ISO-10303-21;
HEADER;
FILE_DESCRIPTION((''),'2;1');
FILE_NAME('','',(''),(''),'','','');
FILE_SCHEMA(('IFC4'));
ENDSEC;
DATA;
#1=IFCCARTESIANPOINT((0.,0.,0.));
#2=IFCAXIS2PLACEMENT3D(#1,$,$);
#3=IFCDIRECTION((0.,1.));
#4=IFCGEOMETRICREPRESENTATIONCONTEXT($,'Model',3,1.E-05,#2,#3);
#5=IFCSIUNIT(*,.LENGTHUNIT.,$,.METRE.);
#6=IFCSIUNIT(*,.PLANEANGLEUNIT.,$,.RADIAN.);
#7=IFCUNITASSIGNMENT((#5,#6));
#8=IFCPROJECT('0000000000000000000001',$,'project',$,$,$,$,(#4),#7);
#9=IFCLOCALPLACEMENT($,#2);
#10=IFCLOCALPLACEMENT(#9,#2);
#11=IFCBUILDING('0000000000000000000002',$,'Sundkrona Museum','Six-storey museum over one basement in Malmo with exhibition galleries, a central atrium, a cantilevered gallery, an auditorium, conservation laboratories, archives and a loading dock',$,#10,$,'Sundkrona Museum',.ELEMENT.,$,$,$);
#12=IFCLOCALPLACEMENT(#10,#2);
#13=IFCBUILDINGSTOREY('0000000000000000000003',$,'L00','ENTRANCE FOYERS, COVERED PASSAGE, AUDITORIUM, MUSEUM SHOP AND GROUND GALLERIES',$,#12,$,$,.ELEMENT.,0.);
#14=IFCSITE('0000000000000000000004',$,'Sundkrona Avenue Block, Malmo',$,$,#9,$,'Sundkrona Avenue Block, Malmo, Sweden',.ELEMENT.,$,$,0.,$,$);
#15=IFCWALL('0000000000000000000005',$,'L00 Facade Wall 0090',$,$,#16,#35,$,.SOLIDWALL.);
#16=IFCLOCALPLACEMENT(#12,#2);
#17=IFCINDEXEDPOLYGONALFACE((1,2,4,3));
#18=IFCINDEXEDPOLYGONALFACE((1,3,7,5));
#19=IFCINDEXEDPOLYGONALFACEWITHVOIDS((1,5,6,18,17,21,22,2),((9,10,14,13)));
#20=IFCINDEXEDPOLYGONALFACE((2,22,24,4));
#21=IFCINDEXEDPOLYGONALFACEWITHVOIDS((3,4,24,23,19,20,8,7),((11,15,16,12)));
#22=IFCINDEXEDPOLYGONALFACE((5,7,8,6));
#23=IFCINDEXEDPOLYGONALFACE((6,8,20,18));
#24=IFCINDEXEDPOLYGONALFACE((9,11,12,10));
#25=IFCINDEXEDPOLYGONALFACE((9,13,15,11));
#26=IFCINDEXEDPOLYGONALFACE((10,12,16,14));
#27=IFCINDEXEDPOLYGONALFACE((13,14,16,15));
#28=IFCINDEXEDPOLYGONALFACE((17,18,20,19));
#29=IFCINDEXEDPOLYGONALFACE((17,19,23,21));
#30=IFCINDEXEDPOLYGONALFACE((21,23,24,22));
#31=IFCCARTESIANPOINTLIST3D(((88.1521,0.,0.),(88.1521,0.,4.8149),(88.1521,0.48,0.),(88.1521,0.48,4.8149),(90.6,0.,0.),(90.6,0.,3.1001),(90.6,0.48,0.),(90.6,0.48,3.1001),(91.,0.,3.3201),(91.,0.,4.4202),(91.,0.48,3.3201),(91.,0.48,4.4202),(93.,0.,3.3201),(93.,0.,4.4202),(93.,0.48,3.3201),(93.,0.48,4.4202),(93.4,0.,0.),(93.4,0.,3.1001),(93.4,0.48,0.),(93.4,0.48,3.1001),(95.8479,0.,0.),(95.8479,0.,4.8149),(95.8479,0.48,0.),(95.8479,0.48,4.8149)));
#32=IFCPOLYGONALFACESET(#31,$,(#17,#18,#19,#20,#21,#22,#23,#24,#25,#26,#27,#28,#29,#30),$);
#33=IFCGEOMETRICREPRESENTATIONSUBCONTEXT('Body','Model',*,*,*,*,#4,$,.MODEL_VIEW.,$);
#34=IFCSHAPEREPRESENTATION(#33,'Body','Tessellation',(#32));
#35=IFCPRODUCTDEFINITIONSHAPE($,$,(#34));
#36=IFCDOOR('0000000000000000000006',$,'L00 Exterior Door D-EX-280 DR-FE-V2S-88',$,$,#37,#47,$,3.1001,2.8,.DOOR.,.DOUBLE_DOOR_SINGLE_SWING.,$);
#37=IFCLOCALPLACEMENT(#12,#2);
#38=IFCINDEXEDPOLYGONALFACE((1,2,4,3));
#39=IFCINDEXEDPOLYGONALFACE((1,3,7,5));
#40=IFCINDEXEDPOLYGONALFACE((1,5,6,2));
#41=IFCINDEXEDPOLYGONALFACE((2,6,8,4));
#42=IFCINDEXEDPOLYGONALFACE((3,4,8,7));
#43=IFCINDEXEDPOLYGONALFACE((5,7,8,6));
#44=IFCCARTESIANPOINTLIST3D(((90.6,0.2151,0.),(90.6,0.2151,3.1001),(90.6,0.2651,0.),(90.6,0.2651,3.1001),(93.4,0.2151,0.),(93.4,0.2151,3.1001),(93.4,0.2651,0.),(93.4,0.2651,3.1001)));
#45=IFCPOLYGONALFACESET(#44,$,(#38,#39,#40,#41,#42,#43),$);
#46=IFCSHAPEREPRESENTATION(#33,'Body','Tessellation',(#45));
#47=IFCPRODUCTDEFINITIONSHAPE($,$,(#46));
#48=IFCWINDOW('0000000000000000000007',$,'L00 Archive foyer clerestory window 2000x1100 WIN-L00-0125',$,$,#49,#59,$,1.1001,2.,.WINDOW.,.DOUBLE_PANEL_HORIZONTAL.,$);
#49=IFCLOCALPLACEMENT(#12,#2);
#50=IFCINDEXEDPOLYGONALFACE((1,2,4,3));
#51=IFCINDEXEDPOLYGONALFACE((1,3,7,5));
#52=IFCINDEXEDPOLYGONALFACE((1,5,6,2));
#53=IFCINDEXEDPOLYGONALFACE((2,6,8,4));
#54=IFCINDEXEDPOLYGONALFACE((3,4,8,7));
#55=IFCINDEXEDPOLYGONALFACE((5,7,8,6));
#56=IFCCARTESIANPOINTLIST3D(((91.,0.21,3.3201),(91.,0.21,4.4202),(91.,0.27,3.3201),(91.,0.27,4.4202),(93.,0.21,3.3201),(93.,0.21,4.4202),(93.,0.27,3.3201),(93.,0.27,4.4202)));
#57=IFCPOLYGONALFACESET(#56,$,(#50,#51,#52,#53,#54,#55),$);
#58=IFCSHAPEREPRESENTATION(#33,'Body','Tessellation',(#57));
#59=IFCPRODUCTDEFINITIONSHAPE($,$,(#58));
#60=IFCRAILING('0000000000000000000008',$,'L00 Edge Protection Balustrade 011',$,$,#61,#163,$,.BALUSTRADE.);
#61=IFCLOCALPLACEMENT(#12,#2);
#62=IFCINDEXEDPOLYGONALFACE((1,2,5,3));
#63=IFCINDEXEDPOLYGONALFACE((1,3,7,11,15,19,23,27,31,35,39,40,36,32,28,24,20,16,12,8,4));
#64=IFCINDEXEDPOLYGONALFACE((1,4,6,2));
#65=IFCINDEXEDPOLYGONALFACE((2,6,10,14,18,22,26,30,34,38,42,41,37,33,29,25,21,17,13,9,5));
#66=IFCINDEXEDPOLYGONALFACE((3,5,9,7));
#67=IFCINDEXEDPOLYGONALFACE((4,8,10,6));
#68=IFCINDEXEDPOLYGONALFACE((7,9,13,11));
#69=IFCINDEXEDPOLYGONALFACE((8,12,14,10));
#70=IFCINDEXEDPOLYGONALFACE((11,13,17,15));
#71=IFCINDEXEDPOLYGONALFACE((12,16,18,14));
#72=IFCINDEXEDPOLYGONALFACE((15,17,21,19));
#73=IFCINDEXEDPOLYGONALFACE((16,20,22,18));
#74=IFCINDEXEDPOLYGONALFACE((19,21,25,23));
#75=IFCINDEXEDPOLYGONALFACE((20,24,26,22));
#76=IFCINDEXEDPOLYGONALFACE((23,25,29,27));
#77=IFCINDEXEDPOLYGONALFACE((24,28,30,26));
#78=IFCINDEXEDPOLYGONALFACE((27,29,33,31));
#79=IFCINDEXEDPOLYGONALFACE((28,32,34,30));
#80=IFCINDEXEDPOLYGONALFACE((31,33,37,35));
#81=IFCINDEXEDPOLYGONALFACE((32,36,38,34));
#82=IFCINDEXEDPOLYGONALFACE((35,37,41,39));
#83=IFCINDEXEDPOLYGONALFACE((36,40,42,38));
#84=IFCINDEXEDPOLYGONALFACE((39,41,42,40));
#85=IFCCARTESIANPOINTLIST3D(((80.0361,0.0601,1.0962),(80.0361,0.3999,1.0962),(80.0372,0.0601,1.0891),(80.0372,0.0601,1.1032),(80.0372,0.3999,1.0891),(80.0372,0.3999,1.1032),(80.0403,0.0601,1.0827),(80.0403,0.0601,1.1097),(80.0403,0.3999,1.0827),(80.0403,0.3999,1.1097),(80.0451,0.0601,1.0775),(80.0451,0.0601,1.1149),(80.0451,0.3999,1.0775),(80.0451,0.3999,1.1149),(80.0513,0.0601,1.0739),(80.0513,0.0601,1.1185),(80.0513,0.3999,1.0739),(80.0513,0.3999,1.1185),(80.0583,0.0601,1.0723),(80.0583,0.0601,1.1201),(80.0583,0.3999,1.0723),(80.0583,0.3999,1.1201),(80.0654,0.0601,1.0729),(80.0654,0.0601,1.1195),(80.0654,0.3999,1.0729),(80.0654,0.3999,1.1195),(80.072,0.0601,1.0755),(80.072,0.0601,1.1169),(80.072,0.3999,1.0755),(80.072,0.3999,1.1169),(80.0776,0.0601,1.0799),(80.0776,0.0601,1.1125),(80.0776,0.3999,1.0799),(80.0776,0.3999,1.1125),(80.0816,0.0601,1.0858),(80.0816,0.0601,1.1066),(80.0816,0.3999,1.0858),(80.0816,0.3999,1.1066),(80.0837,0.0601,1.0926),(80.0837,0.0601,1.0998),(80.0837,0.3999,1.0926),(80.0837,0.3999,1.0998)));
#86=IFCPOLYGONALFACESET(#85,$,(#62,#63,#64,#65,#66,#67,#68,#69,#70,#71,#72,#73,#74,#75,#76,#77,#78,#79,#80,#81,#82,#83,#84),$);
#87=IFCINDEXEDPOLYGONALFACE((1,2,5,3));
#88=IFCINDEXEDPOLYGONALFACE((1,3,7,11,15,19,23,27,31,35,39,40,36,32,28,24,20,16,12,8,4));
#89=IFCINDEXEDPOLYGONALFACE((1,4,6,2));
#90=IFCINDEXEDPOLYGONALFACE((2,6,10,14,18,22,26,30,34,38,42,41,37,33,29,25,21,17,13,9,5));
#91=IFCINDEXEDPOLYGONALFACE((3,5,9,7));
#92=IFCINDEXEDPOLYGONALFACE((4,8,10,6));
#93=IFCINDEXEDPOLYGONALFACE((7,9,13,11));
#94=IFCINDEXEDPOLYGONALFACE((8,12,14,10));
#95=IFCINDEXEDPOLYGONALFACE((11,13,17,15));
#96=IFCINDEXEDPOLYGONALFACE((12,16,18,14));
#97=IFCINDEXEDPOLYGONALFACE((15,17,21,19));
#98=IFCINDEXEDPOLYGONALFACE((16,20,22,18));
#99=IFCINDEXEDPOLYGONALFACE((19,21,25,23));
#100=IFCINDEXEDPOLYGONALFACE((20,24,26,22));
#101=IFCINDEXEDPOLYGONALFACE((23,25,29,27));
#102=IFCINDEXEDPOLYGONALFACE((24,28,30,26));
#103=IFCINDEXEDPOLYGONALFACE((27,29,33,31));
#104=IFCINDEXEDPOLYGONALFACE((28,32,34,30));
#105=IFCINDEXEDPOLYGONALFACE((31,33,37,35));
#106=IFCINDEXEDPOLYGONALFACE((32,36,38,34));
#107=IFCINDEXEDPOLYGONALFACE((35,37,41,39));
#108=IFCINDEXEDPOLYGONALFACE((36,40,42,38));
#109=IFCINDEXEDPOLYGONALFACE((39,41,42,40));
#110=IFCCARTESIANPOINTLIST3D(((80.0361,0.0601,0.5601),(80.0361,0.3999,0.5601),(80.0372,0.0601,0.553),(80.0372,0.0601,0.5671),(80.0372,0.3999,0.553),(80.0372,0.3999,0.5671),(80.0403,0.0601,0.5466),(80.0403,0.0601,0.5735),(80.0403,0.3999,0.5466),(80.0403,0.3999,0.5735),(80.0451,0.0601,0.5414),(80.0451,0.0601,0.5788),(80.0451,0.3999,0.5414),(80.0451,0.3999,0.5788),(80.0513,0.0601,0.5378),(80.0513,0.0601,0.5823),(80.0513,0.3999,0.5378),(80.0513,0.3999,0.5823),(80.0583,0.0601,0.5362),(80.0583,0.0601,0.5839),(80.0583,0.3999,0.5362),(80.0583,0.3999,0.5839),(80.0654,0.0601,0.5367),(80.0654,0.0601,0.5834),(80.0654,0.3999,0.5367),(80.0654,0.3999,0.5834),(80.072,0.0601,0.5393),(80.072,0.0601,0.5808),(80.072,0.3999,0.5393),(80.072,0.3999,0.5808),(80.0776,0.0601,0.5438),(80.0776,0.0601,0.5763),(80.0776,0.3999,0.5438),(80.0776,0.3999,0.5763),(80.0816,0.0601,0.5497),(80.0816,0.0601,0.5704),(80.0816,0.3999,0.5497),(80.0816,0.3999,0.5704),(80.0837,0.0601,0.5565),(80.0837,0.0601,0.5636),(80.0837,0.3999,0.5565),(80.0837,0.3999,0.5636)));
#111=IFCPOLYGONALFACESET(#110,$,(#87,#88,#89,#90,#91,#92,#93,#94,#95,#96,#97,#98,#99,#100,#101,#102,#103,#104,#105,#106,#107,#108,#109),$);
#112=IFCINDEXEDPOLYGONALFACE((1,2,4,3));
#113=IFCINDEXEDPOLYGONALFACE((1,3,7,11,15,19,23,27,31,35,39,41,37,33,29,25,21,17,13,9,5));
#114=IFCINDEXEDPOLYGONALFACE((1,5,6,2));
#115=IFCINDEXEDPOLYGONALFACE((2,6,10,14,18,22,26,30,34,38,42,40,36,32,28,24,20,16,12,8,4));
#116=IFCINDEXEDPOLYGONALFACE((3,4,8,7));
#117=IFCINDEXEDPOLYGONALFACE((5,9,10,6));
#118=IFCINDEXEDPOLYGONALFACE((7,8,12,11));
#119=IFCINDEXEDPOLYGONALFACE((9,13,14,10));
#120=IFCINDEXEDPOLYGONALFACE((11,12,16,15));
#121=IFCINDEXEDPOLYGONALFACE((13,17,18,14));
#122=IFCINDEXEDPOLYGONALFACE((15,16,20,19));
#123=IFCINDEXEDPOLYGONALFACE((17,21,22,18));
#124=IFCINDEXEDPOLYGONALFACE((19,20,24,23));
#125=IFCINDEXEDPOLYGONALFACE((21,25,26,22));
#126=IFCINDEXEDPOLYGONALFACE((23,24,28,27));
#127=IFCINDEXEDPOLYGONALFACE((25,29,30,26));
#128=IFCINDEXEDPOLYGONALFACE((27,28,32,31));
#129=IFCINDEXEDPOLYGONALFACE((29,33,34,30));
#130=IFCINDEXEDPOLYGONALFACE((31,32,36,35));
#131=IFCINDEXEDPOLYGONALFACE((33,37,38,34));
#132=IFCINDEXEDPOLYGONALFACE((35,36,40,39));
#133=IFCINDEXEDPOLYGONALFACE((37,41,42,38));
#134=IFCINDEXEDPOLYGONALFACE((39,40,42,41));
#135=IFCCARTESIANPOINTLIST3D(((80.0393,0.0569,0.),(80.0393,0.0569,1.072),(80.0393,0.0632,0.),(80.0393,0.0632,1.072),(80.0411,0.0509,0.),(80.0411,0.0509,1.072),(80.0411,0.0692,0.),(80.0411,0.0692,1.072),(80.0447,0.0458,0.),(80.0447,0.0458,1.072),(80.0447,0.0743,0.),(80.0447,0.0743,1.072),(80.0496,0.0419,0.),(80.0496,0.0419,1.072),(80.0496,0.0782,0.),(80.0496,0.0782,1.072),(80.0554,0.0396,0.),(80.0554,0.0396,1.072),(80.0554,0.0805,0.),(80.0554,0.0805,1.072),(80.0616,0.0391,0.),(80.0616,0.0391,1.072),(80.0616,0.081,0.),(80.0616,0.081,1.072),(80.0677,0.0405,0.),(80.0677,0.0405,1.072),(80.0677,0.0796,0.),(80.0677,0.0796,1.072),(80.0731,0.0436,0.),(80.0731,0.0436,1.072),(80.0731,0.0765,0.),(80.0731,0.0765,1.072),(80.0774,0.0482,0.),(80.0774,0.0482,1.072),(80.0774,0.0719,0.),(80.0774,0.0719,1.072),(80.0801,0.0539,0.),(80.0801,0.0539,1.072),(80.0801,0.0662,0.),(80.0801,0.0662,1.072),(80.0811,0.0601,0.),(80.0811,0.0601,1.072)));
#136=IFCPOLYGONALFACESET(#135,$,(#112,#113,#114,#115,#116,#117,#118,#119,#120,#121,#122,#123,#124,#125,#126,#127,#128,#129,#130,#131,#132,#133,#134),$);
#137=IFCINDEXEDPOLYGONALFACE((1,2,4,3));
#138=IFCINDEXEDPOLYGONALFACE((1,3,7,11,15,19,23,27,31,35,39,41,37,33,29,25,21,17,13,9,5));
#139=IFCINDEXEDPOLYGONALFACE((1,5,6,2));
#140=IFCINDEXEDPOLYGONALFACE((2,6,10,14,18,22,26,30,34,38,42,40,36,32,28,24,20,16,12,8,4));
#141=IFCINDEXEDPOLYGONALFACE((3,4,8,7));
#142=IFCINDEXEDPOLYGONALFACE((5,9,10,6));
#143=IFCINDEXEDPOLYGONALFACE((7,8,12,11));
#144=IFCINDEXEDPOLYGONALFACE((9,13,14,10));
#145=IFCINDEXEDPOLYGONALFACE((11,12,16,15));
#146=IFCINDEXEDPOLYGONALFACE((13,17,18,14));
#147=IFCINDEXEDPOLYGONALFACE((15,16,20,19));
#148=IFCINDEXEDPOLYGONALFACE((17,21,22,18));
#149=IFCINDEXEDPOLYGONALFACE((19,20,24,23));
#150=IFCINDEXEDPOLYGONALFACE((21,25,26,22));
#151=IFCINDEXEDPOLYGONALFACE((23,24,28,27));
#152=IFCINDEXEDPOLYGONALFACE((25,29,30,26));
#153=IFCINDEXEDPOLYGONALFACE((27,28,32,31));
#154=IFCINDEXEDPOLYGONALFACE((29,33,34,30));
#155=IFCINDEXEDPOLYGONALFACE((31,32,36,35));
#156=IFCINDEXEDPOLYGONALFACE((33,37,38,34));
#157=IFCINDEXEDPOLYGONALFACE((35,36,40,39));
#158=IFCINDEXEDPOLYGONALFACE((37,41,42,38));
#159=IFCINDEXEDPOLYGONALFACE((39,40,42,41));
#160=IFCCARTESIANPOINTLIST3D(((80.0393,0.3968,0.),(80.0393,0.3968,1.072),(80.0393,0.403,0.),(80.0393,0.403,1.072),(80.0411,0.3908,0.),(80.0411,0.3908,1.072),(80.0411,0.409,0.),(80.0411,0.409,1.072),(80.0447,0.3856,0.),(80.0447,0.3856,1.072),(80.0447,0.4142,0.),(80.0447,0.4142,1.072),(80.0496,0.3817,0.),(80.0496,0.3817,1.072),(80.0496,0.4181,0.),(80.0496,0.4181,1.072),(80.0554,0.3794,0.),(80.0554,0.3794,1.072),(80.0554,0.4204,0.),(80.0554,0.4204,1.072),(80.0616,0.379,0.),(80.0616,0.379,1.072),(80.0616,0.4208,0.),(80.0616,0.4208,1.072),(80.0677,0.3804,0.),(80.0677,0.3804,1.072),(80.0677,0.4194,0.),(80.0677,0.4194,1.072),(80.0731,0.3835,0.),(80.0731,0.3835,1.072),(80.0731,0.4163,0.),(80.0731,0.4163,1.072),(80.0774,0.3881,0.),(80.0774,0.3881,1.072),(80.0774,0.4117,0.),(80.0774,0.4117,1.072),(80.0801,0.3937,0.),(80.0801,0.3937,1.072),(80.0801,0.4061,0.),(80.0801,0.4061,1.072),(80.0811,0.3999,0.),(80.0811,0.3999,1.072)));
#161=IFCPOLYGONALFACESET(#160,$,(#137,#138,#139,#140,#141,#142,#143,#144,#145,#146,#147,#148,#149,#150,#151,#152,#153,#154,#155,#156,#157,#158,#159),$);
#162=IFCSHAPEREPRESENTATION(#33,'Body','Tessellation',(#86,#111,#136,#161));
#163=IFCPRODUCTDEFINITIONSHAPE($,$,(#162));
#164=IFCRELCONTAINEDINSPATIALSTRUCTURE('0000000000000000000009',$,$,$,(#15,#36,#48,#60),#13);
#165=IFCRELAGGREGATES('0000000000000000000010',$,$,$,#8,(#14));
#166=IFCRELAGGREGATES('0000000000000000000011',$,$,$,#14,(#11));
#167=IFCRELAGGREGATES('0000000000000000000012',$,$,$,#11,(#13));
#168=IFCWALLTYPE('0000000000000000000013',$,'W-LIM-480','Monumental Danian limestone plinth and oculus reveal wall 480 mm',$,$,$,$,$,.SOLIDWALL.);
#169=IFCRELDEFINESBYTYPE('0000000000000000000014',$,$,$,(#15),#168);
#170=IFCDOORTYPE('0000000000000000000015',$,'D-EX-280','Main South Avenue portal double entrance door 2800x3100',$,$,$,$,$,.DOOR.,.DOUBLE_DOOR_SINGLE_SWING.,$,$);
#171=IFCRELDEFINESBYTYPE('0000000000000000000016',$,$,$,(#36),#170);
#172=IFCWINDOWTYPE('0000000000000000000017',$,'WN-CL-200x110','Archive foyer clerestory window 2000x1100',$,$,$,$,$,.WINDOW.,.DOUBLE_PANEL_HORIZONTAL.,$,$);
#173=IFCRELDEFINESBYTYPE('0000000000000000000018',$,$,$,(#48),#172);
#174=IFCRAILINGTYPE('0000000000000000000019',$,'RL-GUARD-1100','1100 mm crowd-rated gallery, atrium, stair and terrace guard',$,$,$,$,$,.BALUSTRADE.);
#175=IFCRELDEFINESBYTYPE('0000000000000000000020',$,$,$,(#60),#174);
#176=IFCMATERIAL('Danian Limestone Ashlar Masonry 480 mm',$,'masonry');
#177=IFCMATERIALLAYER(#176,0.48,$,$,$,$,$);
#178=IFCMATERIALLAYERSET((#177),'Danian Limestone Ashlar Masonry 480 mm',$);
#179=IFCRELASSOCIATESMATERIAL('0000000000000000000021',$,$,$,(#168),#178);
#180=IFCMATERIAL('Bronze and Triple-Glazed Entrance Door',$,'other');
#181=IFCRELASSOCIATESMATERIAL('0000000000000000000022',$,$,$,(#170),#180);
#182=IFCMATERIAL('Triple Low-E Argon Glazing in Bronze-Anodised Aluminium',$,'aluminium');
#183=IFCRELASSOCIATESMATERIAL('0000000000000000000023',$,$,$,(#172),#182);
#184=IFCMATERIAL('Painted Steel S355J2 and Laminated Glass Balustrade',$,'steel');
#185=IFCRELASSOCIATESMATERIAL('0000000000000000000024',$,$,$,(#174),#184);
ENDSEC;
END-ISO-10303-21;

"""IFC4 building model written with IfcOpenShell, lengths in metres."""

from ifc_helpers import new_model, si_unit, direction, frame, frame_2d, origin, origin_2d, place, context, subcontext, project, spatial, rectangle, circle, extrude, material, layer, layer_set, type_object, element, fill, save


model = new_model("IFC4")

# Units and contexts
model_context = context("Model", 3, precision=1e-05, world=origin(), true_north=direction((0.0, 1.0)))
body_context = subcontext(model_context, "Body", "Model", "MODEL_VIEW")
ifc_project = project(units=[si_unit("LENGTHUNIT", "METRE"), si_unit("PLANEANGLEUNIT", "RADIAN")], contexts=[model_context])

# Site, building, storey
site_placement = place(None, origin())
site = spatial("IfcSite", under=ifc_project, at=site_placement, Name="Sundkrona Avenue Block, Malmo", LongName="Sundkrona Avenue Block, Malmo, Sweden", CompositionType="ELEMENT", RefElevation=0.0)
building_placement = place(site_placement, origin())
building = spatial("IfcBuilding", under=site, at=building_placement, Name="Sundkrona Museum", Description="Six-storey museum over one basement in Malmo with exhibition galleries, a central atrium, a cantilevered gallery, an auditorium, conservation laboratories, archives and a loading dock", LongName="Sundkrona Museum", CompositionType="ELEMENT")
storey_placement = place(building_placement, origin())
storey = spatial("IfcBuildingStorey", under=building, at=storey_placement, Name="L00", Description="ENTRANCE FOYERS, COVERED PASSAGE, AUDITORIUM, MUSEUM SHOP AND GROUND GALLERIES", CompositionType="ELEMENT", Elevation=0.0)

# Wall, openings, door, window
ifc_material_1 = material(Name="Danian Limestone Ashlar Masonry 480 mm", Category="masonry")
ifc_layer_1 = layer(ifc_material_1, 0.48)
ifc_layer_set_1 = layer_set([ifc_layer_1], Name="Danian Limestone Ashlar Masonry 480 mm")
wall_type = type_object("IfcWallType", Name="W-LIM-480", Description="Monumental Danian limestone plinth and oculus reveal wall 480 mm", PredefinedType="SOLIDWALL", material=ifc_layer_set_1)
wall_placement = place(storey_placement, frame((95.8479, 0.24, 0.0), z_axis=(0.0, 0.0, 1.0), x_axis=(-1.0, 0.0, 0.0)))
wall = element("IfcWall", 1, at=wall_placement, inside=storey, type_object=wall_type, Name="L00 Facade Wall 0090", PredefinedType="SOLIDWALL", context=body_context, shape_type="SweptSolid", body=[
    extrude(rectangle(XDim=7.6958, YDim=0.48, at=frame_2d((3.8479, 0.0))), origin(), (0.0, 0.0, 1.0), 4.8149),
])
opening_1_placement = place(wall_placement, frame((2.448, 0.0, 0.0)))
opening_1 = element("IfcOpeningElement", 2, at=opening_1_placement, cuts=wall, PredefinedType="OPENING", context=body_context, shape_type="SweptSolid", body=[
    extrude(rectangle(XDim=2.8, YDim=3.1001, at=frame_2d((1.3999, 1.55))), frame((0.0, 0.25, 0.0), z_axis=(0.0, -1.0, 0.0), x_axis=(1.0, 0.0, 0.0)), (0.0, 0.0, 1.0), 0.5),
])
opening_2_placement = place(wall_placement, frame((2.8479, 0.0, 3.3201)))
opening_2 = element("IfcOpeningElement", 3, at=opening_2_placement, cuts=wall, PredefinedType="OPENING", context=body_context, shape_type="SweptSolid", body=[
    extrude(rectangle(XDim=2.0, YDim=1.1001, at=frame_2d((1.0, 0.55))), frame((0.0, 0.25, 0.0), z_axis=(0.0, -1.0, 0.0), x_axis=(1.0, 0.0, 0.0)), (0.0, 0.0, 1.0), 0.5),
])
ifc_material_2 = material(Name="Bronze and Triple-Glazed Entrance Door", Category="other")
door_type = type_object("IfcDoorType", Name="D-EX-280", Description="Main South Avenue portal double entrance door 2800x3100", OperationType="DOUBLE_DOOR_SINGLE_SWING", PredefinedType="DOOR", material=ifc_material_2)
door_placement = place(opening_1_placement, origin())
door = element("IfcDoor", 4, at=door_placement, inside=storey, type_object=door_type, Name="L00 Exterior Door D-EX-280 DR-FE-V2S-88", OperationType="DOUBLE_DOOR_SINGLE_SWING", OverallHeight=3.1001, OverallWidth=2.8, PredefinedType="DOOR", context=body_context, shape_type="SweptSolid", body=[
    extrude(rectangle(XDim=2.8, YDim=3.1001, at=frame_2d((1.3999, 1.55))), frame((0.0, 0.0249, 0.0), z_axis=(0.0, -1.0, 0.0), x_axis=(1.0, 0.0, 0.0)), (0.0, 0.0, 1.0), 0.05),
])
fill(opening_1, door)
ifc_material_3 = material(Name="Triple Low-E Argon Glazing in Bronze-Anodised Aluminium", Category="aluminium")
window_type = type_object("IfcWindowType", Name="WN-CL-200x110", Description="Archive foyer clerestory window 2000x1100", PartitioningType="DOUBLE_PANEL_HORIZONTAL", PredefinedType="WINDOW", material=ifc_material_3)
window_placement = place(opening_2_placement, origin())
window = element("IfcWindow", 5, at=window_placement, inside=storey, type_object=window_type, Name="L00 Archive foyer clerestory window 2000x1100 WIN-L00-0125", OverallHeight=1.1001, OverallWidth=2.0, PartitioningType="DOUBLE_PANEL_HORIZONTAL", PredefinedType="WINDOW", context=body_context, shape_type="SweptSolid", body=[
    extrude(rectangle(XDim=2.0, YDim=1.1001, at=frame_2d((1.0, 0.55))), frame((0.0, 0.03, 0.0), z_axis=(0.0, -1.0, 0.0), x_axis=(1.0, 0.0, 0.0)), (0.0, 0.0, 1.0), 0.0601),
])
fill(opening_2, window)

# Railing
ifc_material_4 = material(Name="Painted Steel S355J2 and Laminated Glass Balustrade", Category="steel")
railing_type = type_object("IfcRailingType", Name="RL-GUARD-1100", Description="1100 mm crowd-rated gallery, atrium, stair and terrace guard", PredefinedType="BALUSTRADE", material=ifc_material_4)
railing_1_placement = place(storey_placement, frame((80.0601, 0.0601, 0.0)))
element("IfcRailing", 6, at=railing_1_placement, inside=storey, type_object=railing_type, Name="L00 Edge Protection Balustrade 011", PredefinedType="BALUSTRADE", context=body_context, shape_type="SweptSolid", body=[
    extrude(circle(Radius=0.0239, at=origin_2d()), frame((0.0, 0.0, 1.0962), z_axis=(0.0, 1.0, 0.0), x_axis=(-1.0, 0.0, 0.0)), (0.0, 0.0, 1.0), 0.3398),
    extrude(circle(Radius=0.0239, at=origin_2d()), frame((0.0, 0.0, 0.5601), z_axis=(0.0, 1.0, 0.0), x_axis=(-1.0, 0.0, 0.0)), (0.0, 0.0, 1.0), 0.3398),
    extrude(circle(Radius=0.021, at=origin_2d()), origin(), (0.0, 0.0, 1.0), 1.072),
    extrude(circle(Radius=0.021, at=origin_2d()), frame((0.0, 0.3398, 0.0)), (0.0, 0.0, 1.0), 1.072),
])

save(model, "model.ifc")
